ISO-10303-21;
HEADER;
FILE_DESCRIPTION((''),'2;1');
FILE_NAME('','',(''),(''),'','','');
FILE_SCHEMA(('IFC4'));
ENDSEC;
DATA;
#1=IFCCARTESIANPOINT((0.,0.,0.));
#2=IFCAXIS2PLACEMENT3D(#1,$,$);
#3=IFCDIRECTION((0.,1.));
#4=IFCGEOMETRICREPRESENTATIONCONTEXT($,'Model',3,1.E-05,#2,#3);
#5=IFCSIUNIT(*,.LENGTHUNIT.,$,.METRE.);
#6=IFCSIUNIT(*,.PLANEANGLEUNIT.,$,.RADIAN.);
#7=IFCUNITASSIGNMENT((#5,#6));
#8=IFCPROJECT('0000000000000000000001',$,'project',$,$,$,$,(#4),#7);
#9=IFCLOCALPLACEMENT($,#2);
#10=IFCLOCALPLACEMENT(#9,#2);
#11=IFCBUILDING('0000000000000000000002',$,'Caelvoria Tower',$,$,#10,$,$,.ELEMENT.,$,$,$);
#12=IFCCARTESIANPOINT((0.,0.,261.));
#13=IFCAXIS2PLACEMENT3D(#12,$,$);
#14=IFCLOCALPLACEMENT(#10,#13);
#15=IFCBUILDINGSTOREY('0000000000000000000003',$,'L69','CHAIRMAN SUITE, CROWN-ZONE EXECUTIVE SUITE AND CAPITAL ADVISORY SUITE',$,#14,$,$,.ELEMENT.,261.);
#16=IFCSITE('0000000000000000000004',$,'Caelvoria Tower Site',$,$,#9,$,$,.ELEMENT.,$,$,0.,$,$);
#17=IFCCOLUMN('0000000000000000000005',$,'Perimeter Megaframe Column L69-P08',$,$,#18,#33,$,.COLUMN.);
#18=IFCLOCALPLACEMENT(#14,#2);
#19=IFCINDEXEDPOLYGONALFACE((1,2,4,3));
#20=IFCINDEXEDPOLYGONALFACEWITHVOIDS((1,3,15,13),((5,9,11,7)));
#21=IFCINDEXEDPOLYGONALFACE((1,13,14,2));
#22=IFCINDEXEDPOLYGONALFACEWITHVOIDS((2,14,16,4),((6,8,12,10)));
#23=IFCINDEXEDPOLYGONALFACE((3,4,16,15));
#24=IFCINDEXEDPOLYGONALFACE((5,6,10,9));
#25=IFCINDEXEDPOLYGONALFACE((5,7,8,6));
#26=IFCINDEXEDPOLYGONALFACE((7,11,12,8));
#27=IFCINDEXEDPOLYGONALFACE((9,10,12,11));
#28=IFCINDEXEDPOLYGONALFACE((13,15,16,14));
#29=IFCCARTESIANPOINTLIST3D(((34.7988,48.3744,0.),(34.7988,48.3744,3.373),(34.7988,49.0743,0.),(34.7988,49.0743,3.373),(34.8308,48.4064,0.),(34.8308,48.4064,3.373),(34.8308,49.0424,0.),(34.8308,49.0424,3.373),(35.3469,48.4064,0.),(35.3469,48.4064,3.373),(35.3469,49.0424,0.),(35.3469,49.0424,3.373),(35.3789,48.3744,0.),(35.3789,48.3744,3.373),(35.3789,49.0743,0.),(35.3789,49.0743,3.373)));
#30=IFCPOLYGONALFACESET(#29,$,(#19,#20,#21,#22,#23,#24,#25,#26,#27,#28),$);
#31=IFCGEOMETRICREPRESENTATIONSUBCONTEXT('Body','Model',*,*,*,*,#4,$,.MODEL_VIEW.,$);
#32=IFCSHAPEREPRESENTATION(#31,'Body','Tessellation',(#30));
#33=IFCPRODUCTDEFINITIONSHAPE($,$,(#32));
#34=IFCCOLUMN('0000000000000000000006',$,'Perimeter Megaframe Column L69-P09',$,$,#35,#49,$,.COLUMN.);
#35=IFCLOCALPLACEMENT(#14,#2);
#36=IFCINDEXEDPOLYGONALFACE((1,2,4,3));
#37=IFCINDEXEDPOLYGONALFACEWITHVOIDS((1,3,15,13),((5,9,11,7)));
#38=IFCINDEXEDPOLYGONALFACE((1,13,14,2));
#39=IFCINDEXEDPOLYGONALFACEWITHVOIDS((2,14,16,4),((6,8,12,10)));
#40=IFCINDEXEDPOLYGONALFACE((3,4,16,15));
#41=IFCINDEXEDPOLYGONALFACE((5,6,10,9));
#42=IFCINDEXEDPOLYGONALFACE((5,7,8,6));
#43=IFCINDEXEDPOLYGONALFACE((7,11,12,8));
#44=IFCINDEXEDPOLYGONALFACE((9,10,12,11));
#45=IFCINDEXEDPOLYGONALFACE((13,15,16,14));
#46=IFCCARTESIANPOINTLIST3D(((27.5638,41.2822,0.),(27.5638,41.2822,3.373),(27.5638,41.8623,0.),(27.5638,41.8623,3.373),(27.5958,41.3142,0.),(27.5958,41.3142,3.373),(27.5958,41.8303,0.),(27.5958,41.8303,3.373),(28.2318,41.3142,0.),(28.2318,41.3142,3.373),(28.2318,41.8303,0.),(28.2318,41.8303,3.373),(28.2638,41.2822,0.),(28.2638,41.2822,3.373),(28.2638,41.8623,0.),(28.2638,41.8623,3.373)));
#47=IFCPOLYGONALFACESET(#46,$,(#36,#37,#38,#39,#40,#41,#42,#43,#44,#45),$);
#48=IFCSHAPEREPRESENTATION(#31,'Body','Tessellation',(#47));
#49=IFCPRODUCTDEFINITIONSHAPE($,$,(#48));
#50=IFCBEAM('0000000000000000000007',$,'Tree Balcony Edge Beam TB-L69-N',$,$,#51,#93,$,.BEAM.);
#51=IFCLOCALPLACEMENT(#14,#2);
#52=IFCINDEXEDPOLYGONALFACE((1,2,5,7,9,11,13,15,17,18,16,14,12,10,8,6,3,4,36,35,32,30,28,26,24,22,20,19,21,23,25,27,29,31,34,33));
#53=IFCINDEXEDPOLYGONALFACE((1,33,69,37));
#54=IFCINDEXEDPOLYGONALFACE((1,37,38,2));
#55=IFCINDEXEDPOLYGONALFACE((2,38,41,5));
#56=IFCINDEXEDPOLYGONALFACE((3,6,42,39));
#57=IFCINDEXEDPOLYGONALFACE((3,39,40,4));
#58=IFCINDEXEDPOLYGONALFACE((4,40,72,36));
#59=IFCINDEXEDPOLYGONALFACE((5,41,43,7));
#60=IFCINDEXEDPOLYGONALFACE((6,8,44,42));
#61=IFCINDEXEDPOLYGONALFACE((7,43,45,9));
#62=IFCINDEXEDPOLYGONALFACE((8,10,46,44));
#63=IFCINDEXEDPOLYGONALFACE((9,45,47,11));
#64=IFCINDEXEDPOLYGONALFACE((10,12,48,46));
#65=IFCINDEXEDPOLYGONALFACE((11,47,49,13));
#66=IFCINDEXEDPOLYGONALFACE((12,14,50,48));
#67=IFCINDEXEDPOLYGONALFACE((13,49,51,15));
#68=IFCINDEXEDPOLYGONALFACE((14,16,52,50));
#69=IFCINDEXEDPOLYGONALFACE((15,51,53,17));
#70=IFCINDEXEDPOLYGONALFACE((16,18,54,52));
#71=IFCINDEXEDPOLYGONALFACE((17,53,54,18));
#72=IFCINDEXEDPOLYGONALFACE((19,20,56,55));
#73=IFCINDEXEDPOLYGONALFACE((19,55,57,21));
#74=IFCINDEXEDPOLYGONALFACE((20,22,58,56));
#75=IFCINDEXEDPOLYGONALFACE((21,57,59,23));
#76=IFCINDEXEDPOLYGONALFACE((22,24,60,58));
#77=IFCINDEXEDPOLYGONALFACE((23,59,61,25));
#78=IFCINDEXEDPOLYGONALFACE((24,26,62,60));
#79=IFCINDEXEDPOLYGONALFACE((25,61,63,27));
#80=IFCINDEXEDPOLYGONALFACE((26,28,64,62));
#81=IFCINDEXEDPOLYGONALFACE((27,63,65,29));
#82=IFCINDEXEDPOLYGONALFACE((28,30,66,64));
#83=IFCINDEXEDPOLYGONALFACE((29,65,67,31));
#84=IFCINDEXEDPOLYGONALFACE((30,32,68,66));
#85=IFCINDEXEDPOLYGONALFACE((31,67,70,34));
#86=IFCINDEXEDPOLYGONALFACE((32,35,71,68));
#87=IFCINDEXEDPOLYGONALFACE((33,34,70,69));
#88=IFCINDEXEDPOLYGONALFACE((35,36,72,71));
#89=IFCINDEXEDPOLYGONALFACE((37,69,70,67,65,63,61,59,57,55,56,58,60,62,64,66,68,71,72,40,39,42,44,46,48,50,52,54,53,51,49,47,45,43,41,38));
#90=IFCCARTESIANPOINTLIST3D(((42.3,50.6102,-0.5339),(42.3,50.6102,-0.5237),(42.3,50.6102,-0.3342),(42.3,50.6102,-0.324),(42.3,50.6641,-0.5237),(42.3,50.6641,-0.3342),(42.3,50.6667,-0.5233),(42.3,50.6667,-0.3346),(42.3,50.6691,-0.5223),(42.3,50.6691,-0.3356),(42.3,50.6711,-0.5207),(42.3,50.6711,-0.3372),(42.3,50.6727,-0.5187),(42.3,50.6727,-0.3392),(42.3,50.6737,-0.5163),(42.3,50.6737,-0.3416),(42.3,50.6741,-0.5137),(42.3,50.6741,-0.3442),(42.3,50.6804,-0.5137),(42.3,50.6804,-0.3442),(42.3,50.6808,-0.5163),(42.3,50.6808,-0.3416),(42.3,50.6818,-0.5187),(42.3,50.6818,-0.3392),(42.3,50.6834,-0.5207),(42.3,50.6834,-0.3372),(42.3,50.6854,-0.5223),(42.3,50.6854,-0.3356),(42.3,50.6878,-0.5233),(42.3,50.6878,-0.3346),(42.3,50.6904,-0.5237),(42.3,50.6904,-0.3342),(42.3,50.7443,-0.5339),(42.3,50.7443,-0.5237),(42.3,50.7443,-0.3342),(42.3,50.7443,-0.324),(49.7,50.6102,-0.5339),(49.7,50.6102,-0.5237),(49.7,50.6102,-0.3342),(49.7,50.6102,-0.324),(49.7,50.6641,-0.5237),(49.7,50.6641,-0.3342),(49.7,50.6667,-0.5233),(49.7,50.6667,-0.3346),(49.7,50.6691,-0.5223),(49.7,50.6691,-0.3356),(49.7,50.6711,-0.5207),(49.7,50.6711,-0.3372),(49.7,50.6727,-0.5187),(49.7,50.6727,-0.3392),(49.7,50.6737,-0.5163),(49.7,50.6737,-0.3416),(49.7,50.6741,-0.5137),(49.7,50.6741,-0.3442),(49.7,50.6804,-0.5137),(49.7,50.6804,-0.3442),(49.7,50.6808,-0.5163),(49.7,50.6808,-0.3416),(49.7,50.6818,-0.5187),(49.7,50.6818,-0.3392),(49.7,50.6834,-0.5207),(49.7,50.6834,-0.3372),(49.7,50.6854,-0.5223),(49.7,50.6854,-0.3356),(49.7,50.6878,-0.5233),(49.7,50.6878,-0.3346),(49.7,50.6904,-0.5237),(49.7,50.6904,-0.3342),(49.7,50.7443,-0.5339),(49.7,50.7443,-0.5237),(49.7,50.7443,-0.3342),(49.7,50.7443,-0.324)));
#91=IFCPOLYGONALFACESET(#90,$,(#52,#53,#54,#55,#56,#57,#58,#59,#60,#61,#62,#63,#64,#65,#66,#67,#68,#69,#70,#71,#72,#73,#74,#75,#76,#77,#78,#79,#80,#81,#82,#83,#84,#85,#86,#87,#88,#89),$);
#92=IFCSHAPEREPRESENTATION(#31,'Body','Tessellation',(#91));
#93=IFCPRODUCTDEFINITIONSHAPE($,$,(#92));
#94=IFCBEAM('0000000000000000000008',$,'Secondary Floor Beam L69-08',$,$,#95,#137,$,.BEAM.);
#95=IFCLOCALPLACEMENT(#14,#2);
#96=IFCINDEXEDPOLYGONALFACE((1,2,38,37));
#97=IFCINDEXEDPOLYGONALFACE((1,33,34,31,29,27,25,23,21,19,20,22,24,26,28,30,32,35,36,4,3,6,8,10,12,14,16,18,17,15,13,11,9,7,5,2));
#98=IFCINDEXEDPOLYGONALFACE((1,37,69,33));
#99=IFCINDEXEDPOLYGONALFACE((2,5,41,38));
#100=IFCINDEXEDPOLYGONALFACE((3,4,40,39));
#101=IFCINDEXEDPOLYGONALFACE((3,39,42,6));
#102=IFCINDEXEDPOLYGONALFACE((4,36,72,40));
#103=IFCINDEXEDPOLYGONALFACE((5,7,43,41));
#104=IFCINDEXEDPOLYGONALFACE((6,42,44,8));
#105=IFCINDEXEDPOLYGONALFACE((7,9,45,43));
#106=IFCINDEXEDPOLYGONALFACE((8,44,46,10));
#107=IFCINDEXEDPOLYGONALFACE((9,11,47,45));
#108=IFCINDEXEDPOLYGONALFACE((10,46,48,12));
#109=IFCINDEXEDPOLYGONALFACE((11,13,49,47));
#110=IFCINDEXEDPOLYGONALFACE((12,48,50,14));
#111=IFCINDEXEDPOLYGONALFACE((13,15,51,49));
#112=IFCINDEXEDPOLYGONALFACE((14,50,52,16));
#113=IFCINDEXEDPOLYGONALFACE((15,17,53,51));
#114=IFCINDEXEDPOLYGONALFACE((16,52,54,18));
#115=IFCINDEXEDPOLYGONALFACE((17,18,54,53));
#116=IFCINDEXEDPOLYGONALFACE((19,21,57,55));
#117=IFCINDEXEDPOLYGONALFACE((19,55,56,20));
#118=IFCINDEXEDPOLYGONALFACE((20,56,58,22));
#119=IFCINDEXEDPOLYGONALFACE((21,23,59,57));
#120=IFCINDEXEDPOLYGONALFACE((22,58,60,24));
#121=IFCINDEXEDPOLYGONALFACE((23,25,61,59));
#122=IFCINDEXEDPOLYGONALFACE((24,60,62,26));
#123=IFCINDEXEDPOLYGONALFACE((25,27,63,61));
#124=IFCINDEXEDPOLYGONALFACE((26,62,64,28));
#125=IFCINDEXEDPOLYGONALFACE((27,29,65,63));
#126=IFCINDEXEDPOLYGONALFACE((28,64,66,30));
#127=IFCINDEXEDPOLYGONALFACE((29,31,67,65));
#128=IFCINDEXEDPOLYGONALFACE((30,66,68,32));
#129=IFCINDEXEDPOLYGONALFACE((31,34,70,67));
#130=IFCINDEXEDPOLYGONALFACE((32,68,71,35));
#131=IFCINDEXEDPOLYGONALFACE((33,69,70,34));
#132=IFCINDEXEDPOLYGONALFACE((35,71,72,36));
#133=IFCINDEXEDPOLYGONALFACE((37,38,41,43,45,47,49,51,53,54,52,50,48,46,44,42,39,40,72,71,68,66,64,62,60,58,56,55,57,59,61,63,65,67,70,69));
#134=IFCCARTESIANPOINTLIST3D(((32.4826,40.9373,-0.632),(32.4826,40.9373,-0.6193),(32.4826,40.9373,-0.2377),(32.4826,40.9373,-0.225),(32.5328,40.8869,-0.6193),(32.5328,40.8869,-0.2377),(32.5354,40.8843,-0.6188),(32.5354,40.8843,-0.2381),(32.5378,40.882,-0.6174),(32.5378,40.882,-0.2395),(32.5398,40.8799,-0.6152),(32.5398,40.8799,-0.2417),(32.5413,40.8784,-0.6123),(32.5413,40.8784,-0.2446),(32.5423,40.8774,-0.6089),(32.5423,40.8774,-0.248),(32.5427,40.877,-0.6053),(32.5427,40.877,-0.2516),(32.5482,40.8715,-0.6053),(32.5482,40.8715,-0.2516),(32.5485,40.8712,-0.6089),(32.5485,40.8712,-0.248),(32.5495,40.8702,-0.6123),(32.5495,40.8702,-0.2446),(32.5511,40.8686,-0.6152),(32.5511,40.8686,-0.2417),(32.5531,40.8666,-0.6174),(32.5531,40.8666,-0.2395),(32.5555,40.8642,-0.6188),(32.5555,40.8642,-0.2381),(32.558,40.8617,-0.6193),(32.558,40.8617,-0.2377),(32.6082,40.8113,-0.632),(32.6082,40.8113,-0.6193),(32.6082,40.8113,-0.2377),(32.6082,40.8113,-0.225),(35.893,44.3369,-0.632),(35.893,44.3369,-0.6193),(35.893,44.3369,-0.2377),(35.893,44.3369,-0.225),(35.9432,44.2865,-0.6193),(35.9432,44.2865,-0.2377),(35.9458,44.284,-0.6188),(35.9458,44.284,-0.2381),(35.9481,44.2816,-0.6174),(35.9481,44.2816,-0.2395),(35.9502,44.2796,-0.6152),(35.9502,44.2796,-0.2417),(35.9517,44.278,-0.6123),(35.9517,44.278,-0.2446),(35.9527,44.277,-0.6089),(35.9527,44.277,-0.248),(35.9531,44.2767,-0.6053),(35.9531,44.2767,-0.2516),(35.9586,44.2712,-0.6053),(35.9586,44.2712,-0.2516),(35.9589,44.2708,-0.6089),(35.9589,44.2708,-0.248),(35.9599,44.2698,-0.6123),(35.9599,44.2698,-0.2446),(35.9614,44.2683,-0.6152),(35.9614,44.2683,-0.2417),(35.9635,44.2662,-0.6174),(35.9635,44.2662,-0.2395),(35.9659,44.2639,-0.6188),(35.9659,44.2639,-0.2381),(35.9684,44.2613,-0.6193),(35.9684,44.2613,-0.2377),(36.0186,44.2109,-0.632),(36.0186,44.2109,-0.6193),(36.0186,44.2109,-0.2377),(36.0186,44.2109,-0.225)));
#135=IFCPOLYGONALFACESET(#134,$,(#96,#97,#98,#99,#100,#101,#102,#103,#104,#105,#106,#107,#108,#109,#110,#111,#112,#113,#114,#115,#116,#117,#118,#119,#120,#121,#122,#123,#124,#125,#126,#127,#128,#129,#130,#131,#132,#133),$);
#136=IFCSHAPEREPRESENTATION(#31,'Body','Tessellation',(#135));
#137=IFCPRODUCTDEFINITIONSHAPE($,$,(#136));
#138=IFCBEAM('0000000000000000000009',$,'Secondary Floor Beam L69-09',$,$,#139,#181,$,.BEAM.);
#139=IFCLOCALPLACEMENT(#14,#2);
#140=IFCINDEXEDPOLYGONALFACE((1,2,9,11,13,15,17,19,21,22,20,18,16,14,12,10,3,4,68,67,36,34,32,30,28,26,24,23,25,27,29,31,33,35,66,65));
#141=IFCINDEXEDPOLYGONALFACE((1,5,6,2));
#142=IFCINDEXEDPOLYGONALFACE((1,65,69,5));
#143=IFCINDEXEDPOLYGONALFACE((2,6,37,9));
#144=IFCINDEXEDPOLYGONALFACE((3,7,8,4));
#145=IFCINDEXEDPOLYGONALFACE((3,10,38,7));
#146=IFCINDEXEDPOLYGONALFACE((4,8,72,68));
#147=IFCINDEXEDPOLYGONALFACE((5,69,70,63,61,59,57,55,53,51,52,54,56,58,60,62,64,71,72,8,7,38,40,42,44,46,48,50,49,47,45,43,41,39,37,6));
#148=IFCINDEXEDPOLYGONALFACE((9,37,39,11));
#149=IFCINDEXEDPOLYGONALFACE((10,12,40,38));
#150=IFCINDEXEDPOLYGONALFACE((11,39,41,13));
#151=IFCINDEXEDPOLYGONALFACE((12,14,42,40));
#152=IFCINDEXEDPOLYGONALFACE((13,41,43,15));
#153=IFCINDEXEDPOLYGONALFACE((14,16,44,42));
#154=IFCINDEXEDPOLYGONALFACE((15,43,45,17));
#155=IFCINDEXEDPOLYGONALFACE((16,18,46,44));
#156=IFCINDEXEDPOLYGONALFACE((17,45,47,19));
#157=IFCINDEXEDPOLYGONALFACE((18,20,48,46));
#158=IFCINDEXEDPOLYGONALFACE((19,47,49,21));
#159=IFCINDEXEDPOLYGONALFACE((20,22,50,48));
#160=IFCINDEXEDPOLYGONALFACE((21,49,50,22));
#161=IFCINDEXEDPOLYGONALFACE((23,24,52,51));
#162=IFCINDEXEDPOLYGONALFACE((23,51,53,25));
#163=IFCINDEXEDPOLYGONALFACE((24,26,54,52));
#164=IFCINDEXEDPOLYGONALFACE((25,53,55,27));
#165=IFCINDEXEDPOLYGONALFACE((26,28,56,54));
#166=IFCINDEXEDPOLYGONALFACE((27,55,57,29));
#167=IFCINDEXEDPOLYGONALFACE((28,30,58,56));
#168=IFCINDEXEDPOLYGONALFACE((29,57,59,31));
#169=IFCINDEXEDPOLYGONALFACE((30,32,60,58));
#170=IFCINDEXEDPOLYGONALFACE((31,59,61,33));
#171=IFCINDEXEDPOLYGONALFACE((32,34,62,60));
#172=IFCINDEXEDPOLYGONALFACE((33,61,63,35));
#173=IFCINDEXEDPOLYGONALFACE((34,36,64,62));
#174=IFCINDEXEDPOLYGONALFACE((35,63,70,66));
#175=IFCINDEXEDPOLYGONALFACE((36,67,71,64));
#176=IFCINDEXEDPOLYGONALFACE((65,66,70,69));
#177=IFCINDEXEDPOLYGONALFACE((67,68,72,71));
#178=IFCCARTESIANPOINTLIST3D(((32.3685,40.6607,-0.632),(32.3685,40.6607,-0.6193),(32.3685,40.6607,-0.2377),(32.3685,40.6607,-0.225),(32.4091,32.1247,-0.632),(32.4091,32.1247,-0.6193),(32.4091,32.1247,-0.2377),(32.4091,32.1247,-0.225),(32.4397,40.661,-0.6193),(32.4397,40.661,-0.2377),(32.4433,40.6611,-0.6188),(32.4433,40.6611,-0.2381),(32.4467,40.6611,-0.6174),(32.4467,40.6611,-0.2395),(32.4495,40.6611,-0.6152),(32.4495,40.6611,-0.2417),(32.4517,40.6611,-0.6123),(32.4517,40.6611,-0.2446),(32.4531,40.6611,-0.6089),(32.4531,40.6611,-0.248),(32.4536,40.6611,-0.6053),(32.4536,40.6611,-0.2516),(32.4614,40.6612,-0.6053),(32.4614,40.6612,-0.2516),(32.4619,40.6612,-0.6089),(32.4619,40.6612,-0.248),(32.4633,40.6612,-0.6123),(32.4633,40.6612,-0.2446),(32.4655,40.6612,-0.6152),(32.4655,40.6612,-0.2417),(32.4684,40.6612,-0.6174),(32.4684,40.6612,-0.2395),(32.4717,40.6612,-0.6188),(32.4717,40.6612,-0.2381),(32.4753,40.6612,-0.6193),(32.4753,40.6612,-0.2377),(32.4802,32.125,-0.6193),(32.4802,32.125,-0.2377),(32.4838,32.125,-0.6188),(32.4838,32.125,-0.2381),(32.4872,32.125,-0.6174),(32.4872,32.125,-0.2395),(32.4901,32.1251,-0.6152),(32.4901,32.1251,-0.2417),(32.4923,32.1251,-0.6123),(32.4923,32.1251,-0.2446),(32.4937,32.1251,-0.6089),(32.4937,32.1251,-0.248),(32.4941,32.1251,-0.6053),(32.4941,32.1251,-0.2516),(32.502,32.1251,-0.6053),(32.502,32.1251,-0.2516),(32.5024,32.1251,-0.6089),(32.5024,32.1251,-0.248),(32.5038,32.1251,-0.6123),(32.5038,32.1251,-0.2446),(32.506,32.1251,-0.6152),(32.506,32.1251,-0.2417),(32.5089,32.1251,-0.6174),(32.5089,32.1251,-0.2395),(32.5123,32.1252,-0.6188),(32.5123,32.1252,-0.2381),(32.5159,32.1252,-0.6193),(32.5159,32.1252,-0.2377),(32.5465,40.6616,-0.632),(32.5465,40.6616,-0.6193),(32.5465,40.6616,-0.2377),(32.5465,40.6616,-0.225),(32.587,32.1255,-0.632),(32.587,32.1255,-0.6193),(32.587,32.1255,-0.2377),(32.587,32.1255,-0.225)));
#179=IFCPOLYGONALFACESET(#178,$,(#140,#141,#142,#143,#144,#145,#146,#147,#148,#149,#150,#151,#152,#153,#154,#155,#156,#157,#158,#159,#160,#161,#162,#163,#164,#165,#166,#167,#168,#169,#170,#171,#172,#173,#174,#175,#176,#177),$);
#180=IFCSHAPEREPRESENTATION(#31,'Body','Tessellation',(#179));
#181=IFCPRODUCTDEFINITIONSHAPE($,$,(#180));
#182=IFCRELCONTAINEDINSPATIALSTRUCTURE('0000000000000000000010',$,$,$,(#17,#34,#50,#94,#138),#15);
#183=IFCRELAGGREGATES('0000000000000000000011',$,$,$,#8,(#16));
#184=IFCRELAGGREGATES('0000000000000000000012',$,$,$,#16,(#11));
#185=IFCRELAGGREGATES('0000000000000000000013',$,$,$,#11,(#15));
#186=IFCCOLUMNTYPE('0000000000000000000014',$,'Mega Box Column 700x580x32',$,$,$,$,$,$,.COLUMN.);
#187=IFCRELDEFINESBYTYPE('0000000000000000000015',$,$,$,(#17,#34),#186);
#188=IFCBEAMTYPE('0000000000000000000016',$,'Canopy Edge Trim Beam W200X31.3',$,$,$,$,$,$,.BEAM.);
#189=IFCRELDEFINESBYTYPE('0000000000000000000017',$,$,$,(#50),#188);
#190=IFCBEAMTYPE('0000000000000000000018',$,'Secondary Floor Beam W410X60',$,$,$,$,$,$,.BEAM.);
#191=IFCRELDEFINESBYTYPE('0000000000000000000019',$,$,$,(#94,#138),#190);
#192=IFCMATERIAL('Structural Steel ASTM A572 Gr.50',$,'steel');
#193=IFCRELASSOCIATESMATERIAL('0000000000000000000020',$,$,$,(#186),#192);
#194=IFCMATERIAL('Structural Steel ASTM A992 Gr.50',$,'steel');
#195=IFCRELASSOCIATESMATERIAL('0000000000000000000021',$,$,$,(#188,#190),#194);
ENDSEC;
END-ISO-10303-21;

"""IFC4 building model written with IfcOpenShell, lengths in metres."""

from ifc_helpers import new_model, si_unit, direction, frame, origin, origin_2d, place, context, subcontext, project, spatial, hollow_rectangle, i_section, extrude, material, material_profile, profile_set, type_object, element, save


model = new_model("IFC4")

# Units and contexts
model_context = context("Model", 3, precision=1e-05, world=origin(), true_north=direction((0.0, 1.0)))
body_context = subcontext(model_context, "Body", "Model", "MODEL_VIEW")
ifc_project = project(units=[si_unit("LENGTHUNIT", "METRE"), si_unit("PLANEANGLEUNIT", "RADIAN")], contexts=[model_context])

# Site, building, storey
site_placement = place(None, origin())
site = spatial("IfcSite", under=ifc_project, at=site_placement, Name="Caelvoria Tower Site", CompositionType="ELEMENT", RefElevation=0.0)
building_placement = place(site_placement, origin())
building = spatial("IfcBuilding", under=site, at=building_placement, Name="Caelvoria Tower", CompositionType="ELEMENT")
storey_placement = place(building_placement, frame((0.0, 0.0, 261.0)))
storey = spatial("IfcBuildingStorey", under=building, at=storey_placement, Name="L69", Description="CHAIRMAN SUITE, CROWN-ZONE EXECUTIVE SUITE AND CAPITAL ADVISORY SUITE", CompositionType="ELEMENT", Elevation=261.0)

# Columns
ifc_material_1 = material(Name="Structural Steel ASTM A572 Gr.50", Category="steel")
ifc_material_profile_1 = material_profile(ifc_material_1, hollow_rectangle(XDim=0.5801, YDim=0.7, WallThickness=0.032, at=origin_2d()), Name="Structural Steel ASTM A572 Gr.50")
ifc_profile_set_1 = profile_set([ifc_material_profile_1], Name="BOX700X580X32 - Structural Steel ASTM A572 Gr.50")
column_type = type_object("IfcColumnType", Name="Mega Box Column 700x580x32", PredefinedType="COLUMN", material=ifc_profile_set_1)
for number, where, z_axis, x_axis, name in (
    (1, (35.0889, 48.7244, 0.0), (0.0, 0.0, 1.0), (1.0, 0.0, 0.0), "Perimeter Megaframe Column L69-P08"),
    (2, (27.9138, 41.5723, 0.0), (0.0, 0.0, 1.0), (0.0, 1.0, 0.0), "Perimeter Megaframe Column L69-P09"),
):
    element("IfcColumn", number, at=place(storey_placement, frame(where, z_axis=z_axis, x_axis=x_axis)), inside=storey, type_object=column_type, Name=name, PredefinedType="COLUMN", context=body_context, shape_type="SweptSolid", body=[
        extrude(hollow_rectangle(XDim=0.5801, YDim=0.7, WallThickness=0.032, at=origin_2d()), origin(), (0.0, 0.0, 1.0), 3.373),
    ])

# Beams
ifc_material_2 = material(Name="Structural Steel ASTM A992 Gr.50", Category="steel")
ifc_material_profile_2 = material_profile(ifc_material_2, i_section(OverallWidth=0.134, OverallDepth=0.21, WebThickness=0.0063, FlangeThickness=0.0103, FilletRadius=0.01, at=origin_2d()), Name="Structural Steel ASTM A992 Gr.50")
ifc_profile_set_2 = profile_set([ifc_material_profile_2], Name="W200X31.3 - Structural Steel ASTM A992 Gr.50")
beam_type_1 = type_object("IfcBeamType", Name="Canopy Edge Trim Beam W200X31.3", PredefinedType="BEAM", material=ifc_profile_set_2)
beam_1_placement = place(storey_placement, frame((42.3, 50.6772, -0.429), z_axis=(1.0, 0.0, 0.0), x_axis=(0.0, 1.0, 0.0)))
element("IfcBeam", 3, at=beam_1_placement, inside=storey, type_object=beam_type_1, Name="Tree Balcony Edge Beam TB-L69-N", PredefinedType="BEAM", context=body_context, shape_type="SweptSolid", body=[
    extrude(i_section(OverallWidth=0.134, OverallDepth=0.21, WebThickness=0.0063, FlangeThickness=0.0103, FilletRadius=0.01, at=origin_2d()), origin(), (0.0, 0.0, 1.0), 7.3999),
])
ifc_material_profile_3 = material_profile(ifc_material_2, i_section(OverallWidth=0.178, OverallDepth=0.407, WebThickness=0.0078, FlangeThickness=0.0127, FilletRadius=0.0139, at=origin_2d()), Name="Structural Steel ASTM A992 Gr.50")
ifc_profile_set_3 = profile_set([ifc_material_profile_3], Name="W410X60 - Structural Steel ASTM A992 Gr.50")
beam_type_2 = type_object("IfcBeamType", Name="Secondary Floor Beam W410X60", PredefinedType="BEAM", material=ifc_profile_set_3)
beam_2_placement = place(storey_placement, frame((35.9558, 44.2739, -0.4285), z_axis=(-0.708221, -0.705991, 0.0), x_axis=(0.705991, -0.708221, 0.0)))
element("IfcBeam", 4, at=beam_2_placement, inside=storey, type_object=beam_type_2, Name="Secondary Floor Beam L69-08", PredefinedType="BEAM", context=body_context, shape_type="SweptSolid", body=[
    extrude(i_section(OverallWidth=0.178, OverallDepth=0.407, WebThickness=0.0078, FlangeThickness=0.0127, FilletRadius=0.0139, at=origin_2d()), origin(), (0.0, 0.0, 1.0), 4.8154),
])
beam_3_placement = place(storey_placement, frame((32.4575, 40.6611, -0.4285), z_axis=(0.004748, -0.999989, 0.0), x_axis=(0.999989, 0.004748, 0.0)))
element("IfcBeam", 5, at=beam_3_placement, inside=storey, type_object=beam_type_2, Name="Secondary Floor Beam L69-09", PredefinedType="BEAM", context=body_context, shape_type="SweptSolid", body=[
    extrude(i_section(OverallWidth=0.178, OverallDepth=0.407, WebThickness=0.0078, FlangeThickness=0.0127, FilletRadius=0.0139, at=origin_2d()), origin(), (0.0, 0.0, 1.0), 8.5361),
])

save(model, "model.ifc")
